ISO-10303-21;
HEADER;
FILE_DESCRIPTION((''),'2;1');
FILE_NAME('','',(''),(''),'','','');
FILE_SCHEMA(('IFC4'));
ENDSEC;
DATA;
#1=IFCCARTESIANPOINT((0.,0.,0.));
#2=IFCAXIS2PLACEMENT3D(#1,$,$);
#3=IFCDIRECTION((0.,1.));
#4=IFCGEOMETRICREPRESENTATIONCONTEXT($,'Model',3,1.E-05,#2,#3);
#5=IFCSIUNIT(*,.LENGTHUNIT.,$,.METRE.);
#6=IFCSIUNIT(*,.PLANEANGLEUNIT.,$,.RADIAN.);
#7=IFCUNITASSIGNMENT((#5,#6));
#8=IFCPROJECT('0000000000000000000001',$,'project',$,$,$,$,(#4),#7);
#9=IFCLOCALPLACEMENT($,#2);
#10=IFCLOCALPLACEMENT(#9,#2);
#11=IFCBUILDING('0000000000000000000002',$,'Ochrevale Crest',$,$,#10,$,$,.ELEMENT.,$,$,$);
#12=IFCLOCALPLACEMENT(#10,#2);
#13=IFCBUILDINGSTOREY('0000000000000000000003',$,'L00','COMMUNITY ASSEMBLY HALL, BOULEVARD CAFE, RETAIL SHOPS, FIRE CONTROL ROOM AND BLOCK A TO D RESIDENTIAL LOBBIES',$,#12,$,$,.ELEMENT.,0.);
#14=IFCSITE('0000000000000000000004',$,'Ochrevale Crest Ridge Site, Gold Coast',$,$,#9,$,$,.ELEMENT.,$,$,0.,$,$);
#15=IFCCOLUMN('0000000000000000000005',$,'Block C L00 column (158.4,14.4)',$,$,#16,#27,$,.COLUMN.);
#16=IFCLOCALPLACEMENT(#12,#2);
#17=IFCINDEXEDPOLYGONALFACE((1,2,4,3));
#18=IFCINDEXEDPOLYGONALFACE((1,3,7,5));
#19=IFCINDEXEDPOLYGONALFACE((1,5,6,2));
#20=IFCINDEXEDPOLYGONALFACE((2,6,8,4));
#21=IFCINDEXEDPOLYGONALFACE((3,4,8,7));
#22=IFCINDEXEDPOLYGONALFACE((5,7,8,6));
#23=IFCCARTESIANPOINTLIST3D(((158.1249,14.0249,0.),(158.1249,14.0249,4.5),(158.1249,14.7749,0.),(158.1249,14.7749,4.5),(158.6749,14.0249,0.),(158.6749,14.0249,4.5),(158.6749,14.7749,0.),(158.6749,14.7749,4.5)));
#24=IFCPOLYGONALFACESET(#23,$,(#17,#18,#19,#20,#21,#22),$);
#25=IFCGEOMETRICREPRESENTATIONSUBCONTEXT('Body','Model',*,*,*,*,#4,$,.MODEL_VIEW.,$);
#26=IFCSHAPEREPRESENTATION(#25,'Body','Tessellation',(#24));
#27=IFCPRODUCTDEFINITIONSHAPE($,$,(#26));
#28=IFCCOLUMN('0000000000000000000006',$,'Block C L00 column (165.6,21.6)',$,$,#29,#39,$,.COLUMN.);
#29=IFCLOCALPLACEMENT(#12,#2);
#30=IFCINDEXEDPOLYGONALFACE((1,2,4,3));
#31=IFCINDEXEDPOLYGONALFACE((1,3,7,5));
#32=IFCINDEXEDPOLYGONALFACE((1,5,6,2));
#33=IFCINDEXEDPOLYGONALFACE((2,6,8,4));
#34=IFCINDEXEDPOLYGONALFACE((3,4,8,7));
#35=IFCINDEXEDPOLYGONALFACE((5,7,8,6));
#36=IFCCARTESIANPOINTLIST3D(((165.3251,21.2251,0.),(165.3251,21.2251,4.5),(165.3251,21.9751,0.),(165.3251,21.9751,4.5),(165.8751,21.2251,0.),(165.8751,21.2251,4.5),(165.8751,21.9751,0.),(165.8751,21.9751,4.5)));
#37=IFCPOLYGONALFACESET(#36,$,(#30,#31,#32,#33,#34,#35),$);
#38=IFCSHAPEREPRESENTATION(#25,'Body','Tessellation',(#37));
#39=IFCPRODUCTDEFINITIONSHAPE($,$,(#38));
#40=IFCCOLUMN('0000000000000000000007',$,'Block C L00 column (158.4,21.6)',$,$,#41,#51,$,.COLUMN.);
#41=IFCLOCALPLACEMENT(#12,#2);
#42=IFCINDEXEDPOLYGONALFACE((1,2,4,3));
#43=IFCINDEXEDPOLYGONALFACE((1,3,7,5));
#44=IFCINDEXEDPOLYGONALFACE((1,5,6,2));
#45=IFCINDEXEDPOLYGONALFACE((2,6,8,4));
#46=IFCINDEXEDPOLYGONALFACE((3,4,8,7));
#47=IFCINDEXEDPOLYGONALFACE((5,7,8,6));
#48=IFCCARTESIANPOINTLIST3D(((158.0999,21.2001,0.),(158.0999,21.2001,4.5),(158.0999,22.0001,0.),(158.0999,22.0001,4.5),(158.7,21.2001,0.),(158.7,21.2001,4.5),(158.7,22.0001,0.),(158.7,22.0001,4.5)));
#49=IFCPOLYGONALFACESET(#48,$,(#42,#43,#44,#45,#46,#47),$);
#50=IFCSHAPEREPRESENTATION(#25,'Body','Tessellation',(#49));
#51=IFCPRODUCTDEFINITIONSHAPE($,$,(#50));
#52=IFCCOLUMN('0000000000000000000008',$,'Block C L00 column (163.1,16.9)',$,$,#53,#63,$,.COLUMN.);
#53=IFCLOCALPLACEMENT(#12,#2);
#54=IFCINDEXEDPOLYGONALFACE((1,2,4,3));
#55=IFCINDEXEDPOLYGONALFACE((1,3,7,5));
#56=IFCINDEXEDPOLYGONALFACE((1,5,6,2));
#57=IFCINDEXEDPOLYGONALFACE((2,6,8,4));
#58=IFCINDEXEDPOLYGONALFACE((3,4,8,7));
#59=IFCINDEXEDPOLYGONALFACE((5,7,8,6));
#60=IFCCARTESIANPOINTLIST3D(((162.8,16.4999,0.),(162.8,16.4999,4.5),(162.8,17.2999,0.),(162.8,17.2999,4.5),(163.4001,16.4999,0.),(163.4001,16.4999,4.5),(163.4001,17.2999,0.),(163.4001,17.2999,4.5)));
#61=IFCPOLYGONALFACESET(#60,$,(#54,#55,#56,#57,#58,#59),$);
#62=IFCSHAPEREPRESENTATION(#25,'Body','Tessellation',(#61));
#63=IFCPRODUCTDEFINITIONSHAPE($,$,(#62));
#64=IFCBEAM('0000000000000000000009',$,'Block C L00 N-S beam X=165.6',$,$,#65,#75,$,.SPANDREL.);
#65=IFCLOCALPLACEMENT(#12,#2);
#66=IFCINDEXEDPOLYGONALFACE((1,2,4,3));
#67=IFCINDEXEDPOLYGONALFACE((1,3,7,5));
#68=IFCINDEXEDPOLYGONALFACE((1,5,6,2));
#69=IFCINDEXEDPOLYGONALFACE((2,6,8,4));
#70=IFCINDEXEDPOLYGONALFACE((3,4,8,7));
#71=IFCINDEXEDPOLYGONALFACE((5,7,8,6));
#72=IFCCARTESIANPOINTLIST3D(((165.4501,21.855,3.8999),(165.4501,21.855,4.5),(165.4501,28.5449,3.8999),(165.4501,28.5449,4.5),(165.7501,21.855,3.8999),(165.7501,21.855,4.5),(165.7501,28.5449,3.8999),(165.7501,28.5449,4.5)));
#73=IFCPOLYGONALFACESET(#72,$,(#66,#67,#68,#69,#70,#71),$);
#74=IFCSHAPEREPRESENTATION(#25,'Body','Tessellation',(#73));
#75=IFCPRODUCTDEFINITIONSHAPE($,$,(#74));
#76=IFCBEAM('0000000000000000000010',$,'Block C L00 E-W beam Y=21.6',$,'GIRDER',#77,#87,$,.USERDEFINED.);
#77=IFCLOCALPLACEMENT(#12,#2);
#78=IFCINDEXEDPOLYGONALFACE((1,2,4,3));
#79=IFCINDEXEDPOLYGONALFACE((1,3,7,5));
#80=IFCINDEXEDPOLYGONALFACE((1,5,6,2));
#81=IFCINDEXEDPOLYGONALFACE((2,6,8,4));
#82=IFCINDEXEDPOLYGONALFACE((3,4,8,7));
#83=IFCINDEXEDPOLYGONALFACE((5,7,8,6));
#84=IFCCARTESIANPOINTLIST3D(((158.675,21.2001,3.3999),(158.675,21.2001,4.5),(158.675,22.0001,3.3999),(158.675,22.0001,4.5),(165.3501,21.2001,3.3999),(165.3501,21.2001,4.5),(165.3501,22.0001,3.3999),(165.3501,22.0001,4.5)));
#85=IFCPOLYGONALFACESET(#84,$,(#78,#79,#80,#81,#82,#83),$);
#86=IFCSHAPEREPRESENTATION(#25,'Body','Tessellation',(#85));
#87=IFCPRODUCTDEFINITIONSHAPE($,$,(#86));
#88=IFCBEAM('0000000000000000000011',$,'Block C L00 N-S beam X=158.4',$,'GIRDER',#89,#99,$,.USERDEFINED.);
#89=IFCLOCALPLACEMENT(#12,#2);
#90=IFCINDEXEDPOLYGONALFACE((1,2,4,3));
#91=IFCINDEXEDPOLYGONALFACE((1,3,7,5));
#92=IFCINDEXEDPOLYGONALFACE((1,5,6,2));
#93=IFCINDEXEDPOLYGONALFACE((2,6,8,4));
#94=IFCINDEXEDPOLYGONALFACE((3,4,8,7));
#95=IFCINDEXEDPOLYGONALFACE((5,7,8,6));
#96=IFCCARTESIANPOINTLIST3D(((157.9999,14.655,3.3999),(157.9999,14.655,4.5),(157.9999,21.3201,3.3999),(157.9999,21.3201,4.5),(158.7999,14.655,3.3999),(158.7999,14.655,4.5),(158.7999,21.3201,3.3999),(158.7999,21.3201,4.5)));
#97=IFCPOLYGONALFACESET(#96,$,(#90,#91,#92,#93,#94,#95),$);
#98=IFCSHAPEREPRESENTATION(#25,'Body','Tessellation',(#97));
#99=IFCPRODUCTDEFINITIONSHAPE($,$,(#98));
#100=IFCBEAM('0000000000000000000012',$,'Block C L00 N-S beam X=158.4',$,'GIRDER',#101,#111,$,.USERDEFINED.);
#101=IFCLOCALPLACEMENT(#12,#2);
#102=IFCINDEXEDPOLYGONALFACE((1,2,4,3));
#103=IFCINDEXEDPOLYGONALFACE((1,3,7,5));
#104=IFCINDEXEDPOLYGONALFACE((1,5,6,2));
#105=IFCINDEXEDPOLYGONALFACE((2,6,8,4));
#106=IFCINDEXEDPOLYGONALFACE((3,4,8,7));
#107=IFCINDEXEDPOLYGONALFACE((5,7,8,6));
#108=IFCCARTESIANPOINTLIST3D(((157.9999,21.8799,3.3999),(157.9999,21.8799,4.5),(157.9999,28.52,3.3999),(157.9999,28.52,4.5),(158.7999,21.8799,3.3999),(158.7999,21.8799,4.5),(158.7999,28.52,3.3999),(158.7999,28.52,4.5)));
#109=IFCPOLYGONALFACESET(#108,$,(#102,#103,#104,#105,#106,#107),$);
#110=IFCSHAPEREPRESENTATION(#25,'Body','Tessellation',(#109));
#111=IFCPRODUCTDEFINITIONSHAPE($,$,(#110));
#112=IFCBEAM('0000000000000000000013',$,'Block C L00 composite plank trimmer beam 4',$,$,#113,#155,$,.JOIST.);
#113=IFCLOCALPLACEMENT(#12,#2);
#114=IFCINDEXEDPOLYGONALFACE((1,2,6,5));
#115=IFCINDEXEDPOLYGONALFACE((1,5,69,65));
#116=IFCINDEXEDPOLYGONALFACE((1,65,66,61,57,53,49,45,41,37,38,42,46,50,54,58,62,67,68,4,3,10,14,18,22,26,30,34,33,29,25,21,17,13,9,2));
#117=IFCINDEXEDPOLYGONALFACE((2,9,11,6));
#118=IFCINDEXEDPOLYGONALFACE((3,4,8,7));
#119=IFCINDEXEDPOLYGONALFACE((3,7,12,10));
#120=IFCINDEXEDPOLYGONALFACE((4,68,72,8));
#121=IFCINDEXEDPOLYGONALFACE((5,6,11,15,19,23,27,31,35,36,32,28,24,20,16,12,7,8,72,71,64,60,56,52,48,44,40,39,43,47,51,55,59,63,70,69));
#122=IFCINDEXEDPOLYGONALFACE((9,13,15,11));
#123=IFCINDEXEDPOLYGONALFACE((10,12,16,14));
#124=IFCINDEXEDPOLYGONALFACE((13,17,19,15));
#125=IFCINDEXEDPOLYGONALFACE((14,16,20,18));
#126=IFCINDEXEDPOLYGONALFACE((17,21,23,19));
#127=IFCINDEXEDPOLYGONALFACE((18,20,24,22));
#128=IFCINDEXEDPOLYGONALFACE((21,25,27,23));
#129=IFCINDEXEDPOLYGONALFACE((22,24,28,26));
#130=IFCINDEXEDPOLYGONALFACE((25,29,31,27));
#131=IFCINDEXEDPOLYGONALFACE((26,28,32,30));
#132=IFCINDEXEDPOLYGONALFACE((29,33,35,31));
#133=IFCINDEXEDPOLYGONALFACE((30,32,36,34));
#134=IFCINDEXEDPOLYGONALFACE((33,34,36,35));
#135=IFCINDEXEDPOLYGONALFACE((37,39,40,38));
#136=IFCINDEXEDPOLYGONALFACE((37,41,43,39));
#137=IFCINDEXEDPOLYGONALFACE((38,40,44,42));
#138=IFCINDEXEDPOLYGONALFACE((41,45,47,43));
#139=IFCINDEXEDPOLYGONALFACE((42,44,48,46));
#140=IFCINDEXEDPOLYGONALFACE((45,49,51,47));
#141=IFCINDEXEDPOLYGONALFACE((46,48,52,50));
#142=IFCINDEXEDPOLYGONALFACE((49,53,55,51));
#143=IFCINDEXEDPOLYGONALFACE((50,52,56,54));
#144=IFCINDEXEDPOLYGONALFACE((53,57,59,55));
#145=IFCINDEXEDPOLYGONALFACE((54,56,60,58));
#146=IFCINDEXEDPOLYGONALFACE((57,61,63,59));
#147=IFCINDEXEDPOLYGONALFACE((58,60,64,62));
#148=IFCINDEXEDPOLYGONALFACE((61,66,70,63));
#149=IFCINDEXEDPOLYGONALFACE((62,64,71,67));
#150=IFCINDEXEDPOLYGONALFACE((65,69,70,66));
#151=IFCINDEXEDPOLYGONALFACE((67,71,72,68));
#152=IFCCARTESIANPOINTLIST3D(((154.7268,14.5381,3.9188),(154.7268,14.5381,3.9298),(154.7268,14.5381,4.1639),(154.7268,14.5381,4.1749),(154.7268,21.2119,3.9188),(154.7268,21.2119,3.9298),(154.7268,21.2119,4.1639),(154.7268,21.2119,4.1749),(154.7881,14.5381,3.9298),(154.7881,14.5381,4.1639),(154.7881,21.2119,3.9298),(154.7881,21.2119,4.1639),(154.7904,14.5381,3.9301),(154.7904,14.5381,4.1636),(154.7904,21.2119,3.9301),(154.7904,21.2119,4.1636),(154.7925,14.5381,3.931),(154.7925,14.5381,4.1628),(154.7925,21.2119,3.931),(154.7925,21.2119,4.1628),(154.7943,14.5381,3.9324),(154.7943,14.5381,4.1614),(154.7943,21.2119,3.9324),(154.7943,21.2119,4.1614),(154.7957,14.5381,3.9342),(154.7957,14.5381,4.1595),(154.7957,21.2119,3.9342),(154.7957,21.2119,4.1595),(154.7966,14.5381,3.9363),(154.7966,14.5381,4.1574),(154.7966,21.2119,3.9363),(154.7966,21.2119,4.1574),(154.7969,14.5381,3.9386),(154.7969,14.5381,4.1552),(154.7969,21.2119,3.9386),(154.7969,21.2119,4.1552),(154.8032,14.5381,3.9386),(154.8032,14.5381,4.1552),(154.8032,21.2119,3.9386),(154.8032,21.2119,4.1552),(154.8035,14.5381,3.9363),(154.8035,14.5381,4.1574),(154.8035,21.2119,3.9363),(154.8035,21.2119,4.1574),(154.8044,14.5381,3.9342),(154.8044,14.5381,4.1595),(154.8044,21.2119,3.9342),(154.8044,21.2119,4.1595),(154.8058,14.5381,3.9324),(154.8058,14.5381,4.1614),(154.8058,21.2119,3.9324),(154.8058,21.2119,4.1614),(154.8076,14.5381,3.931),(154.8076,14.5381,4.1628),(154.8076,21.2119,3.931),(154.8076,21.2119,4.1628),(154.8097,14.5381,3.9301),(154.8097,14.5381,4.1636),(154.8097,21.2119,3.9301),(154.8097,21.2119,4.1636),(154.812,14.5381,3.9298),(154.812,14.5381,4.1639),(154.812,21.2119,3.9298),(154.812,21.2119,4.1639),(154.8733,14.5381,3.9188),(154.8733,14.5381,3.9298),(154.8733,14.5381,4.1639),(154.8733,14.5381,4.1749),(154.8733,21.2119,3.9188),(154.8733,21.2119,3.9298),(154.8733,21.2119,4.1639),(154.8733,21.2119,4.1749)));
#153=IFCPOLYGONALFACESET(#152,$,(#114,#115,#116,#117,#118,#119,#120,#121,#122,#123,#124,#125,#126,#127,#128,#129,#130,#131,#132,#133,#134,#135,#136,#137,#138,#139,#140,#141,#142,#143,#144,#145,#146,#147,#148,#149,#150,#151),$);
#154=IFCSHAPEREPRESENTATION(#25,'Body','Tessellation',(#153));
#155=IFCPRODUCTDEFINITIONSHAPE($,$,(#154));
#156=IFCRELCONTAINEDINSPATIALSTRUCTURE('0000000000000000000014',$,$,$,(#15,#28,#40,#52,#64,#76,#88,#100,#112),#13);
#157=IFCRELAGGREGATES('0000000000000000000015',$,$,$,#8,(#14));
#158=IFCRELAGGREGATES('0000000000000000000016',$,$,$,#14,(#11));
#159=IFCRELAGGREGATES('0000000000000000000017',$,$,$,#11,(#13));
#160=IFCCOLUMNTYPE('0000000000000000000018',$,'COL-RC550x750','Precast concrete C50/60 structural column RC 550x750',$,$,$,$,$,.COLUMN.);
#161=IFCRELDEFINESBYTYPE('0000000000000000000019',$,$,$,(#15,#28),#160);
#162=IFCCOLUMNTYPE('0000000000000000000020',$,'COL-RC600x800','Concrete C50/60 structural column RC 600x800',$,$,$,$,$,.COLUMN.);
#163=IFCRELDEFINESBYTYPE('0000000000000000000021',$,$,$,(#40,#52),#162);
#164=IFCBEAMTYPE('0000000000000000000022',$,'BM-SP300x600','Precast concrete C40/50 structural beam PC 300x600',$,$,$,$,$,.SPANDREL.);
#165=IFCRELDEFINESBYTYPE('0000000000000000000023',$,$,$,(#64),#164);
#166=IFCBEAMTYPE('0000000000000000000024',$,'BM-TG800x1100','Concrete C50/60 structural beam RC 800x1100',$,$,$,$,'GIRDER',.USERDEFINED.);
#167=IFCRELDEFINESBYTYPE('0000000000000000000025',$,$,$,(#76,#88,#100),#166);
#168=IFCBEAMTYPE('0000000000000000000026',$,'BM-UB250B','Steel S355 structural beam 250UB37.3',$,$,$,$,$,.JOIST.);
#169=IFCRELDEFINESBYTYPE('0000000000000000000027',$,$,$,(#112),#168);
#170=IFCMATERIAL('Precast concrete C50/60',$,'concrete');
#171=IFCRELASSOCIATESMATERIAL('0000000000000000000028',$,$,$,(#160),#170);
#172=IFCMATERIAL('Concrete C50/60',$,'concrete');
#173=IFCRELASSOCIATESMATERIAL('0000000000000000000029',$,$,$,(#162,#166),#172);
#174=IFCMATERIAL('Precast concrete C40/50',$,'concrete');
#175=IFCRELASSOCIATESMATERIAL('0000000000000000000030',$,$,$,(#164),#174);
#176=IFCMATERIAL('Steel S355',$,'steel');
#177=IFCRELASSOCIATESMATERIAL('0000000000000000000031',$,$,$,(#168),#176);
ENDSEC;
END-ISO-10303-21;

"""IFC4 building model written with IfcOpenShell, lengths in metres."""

from ifc_helpers import new_model, si_unit, direction, frame, origin, origin_2d, place, context, subcontext, project, spatial, rectangle, i_section, extrude, material, material_profile, profile_set, type_object, element, save


model = new_model("IFC4")

# Units and contexts
model_context = context("Model", 3, precision=1e-05, world=origin(), true_north=direction((0.0, 1.0)))
body_context = subcontext(model_context, "Body", "Model", "MODEL_VIEW")
ifc_project = project(units=[si_unit("LENGTHUNIT", "METRE"), si_unit("PLANEANGLEUNIT", "RADIAN")], contexts=[model_context])

# Site, building, storey
site_placement = place(None, origin())
site = spatial("IfcSite", under=ifc_project, at=site_placement, Name="Ochrevale Crest Ridge Site, Gold Coast", CompositionType="ELEMENT", RefElevation=0.0)
building_placement = place(site_placement, origin())
building = spatial("IfcBuilding", under=site, at=building_placement, Name="Ochrevale Crest", CompositionType="ELEMENT")
storey_placement = place(building_placement, origin())
storey = spatial("IfcBuildingStorey", under=building, at=storey_placement, Name="L00", Description="COMMUNITY ASSEMBLY HALL, BOULEVARD CAFE, RETAIL SHOPS, FIRE CONTROL ROOM AND BLOCK A TO D RESIDENTIAL LOBBIES", CompositionType="ELEMENT", Elevation=0.0)

# Columns
ifc_material_1 = material(Name="Precast concrete C50/60", Category="concrete")
ifc_material_profile_1 = material_profile(ifc_material_1, rectangle(XDim=0.55, YDim=0.75, at=origin_2d()), Name="RC 550x750")
ifc_profile_set_1 = profile_set([ifc_material_profile_1], Name="Precast concrete C50/60")
column_type_1 = type_object("IfcColumnType", Name="COL-RC550x750", Description="Precast concrete C50/60 structural column RC 550x750", PredefinedType="COLUMN", material=ifc_profile_set_1)
for number, where, z_axis, x_axis, name in (
    (1, (158.3999, 14.3999, 0.0), (0.0, 0.0, 1.0), (1.0, 0.0, 0.0), "Block C L00 column (158.4,14.4)"),
    (2, (165.6001, 21.6001, 0.0), (0.0, 0.0, 1.0), (1.0, 0.0, 0.0), "Block C L00 column (165.6,21.6)"),
):
    element("IfcColumn", number, at=place(storey_placement, frame(where, z_axis=z_axis, x_axis=x_axis)), inside=storey, type_object=column_type_1, Name=name, PredefinedType="COLUMN", context=body_context, shape_type="SweptSolid", body=[
        extrude(rectangle(XDim=0.55, YDim=0.75, at=origin_2d()), origin(), (0.0, 0.0, 1.0), 4.5),
    ])
ifc_material_2 = material(Name="Concrete C50/60", Category="concrete")
ifc_material_profile_2 = material_profile(ifc_material_2, rectangle(XDim=0.6001, YDim=0.8, at=origin_2d()), Name="RC 600x800")
ifc_profile_set_2 = profile_set([ifc_material_profile_2], Name="Concrete C50/60")
column_type_2 = type_object("IfcColumnType", Name="COL-RC600x800", Description="Concrete C50/60 structural column RC 600x800", PredefinedType="COLUMN", material=ifc_profile_set_2)
for number, where, z_axis, x_axis, name in (
    (3, (158.3999, 21.6001, 0.0), (0.0, 0.0, 1.0), (1.0, 0.0, 0.0), "Block C L00 column (158.4,21.6)"),
    (4, (163.1001, 16.8999, 0.0), (0.0, 0.0, 1.0), (1.0, 0.0, 0.0), "Block C L00 column (163.1,16.9)"),
):
    element("IfcColumn", number, at=place(storey_placement, frame(where, z_axis=z_axis, x_axis=x_axis)), inside=storey, type_object=column_type_2, Name=name, PredefinedType="COLUMN", context=body_context, shape_type="SweptSolid", body=[
        extrude(rectangle(XDim=0.6001, YDim=0.8, at=origin_2d()), origin(), (0.0, 0.0, 1.0), 4.5),
    ])

# Beams
ifc_material_3 = material(Name="Precast concrete C40/50", Category="concrete")
ifc_material_profile_3 = material_profile(ifc_material_3, rectangle(XDim=0.3, YDim=0.6001, at=origin_2d()), Name="PC 300x600")
ifc_profile_set_3 = profile_set([ifc_material_profile_3], Name="Precast concrete C40/50")
beam_type_1 = type_object("IfcBeamType", Name="BM-SP300x600", Description="Precast concrete C40/50 structural beam PC 300x600", PredefinedType="SPANDREL", material=ifc_profile_set_3)
beam_1_placement = place(storey_placement, frame((165.6001, 21.855, 4.2), z_axis=(0.0, 1.0, 0.0), x_axis=(-1.0, 0.0, 0.0)))
element("IfcBeam", 5, at=beam_1_placement, inside=storey, type_object=beam_type_1, Name="Block C L00 N-S beam X=165.6", PredefinedType="SPANDREL", context=body_context, shape_type="SweptSolid", body=[
    extrude(rectangle(XDim=0.3, YDim=0.6001, at=origin_2d()), origin(), (0.0, 0.0, 1.0), 6.6899),
])
ifc_material_profile_4 = material_profile(ifc_material_2, rectangle(XDim=0.8, YDim=1.1001, at=origin_2d()), Name="RC 800x1100")
ifc_profile_set_4 = profile_set([ifc_material_profile_4], Name="Concrete C50/60")
beam_type_2 = type_object("IfcBeamType", Name="BM-TG800x1100", Description="Concrete C50/60 structural beam RC 800x1100", ElementType="GIRDER", PredefinedType="USERDEFINED", material=ifc_profile_set_4)
beam_2_placement = place(storey_placement, frame((158.675, 21.6001, 3.95), z_axis=(1.0, 0.0, 0.0), x_axis=(0.0, 1.0, 0.0)))
element("IfcBeam", 6, at=beam_2_placement, inside=storey, type_object=beam_type_2, Name="Block C L00 E-W beam Y=21.6", ObjectType="GIRDER", PredefinedType="USERDEFINED", context=body_context, shape_type="SweptSolid", body=[
    extrude(rectangle(XDim=0.8, YDim=1.1001, at=origin_2d()), origin(), (0.0, 0.0, 1.0), 6.675),
])
beam_3_placement = place(storey_placement, frame((158.3999, 14.655, 3.95), z_axis=(0.0, 1.0, 0.0), x_axis=(-1.0, 0.0, 0.0)))
element("IfcBeam", 7, at=beam_3_placement, inside=storey, type_object=beam_type_2, Name="Block C L00 N-S beam X=158.4", ObjectType="GIRDER", PredefinedType="USERDEFINED", context=body_context, shape_type="SweptSolid", body=[
    extrude(rectangle(XDim=0.8, YDim=1.1001, at=origin_2d()), origin(), (0.0, 0.0, 1.0), 6.665),
])
beam_4_placement = place(storey_placement, frame((158.3999, 21.8799, 3.95), z_axis=(0.0, 1.0, 0.0), x_axis=(-1.0, 0.0, 0.0)))
element("IfcBeam", 8, at=beam_4_placement, inside=storey, type_object=beam_type_2, Name="Block C L00 N-S beam X=158.4", ObjectType="GIRDER", PredefinedType="USERDEFINED", context=body_context, shape_type="SweptSolid", body=[
    extrude(rectangle(XDim=0.8, YDim=1.1001, at=origin_2d()), origin(), (0.0, 0.0, 1.0), 6.6401),
])
ifc_material_4 = material(Name="Steel S355", Category="steel")
ifc_material_profile_5 = material_profile(ifc_material_4, i_section(OverallWidth=0.1465, OverallDepth=0.2561, WebThickness=0.0063, FlangeThickness=0.011, FilletRadius=0.0088, at=origin_2d()), Name="250UB37.3")
ifc_profile_set_5 = profile_set([ifc_material_profile_5], Name="Steel S355")
beam_type_3 = type_object("IfcBeamType", Name="BM-UB250B", Description="Steel S355 structural beam 250UB37.3", PredefinedType="JOIST", material=ifc_profile_set_5)
beam_5_placement = place(storey_placement, frame((154.8, 14.5381, 4.0469), z_axis=(0.0, 1.0, 0.0), x_axis=(-1.0, 0.0, 0.0)))
element("IfcBeam", 9, at=beam_5_placement, inside=storey, type_object=beam_type_3, Name="Block C L00 composite plank trimmer beam 4", PredefinedType="JOIST", context=body_context, shape_type="SweptSolid", body=[
    extrude(i_section(OverallWidth=0.1465, OverallDepth=0.2561, WebThickness=0.0063, FlangeThickness=0.011, FilletRadius=0.0088, at=origin_2d()), origin(), (0.0, 0.0, 1.0), 6.6738),
])

save(model, "model.ifc")
